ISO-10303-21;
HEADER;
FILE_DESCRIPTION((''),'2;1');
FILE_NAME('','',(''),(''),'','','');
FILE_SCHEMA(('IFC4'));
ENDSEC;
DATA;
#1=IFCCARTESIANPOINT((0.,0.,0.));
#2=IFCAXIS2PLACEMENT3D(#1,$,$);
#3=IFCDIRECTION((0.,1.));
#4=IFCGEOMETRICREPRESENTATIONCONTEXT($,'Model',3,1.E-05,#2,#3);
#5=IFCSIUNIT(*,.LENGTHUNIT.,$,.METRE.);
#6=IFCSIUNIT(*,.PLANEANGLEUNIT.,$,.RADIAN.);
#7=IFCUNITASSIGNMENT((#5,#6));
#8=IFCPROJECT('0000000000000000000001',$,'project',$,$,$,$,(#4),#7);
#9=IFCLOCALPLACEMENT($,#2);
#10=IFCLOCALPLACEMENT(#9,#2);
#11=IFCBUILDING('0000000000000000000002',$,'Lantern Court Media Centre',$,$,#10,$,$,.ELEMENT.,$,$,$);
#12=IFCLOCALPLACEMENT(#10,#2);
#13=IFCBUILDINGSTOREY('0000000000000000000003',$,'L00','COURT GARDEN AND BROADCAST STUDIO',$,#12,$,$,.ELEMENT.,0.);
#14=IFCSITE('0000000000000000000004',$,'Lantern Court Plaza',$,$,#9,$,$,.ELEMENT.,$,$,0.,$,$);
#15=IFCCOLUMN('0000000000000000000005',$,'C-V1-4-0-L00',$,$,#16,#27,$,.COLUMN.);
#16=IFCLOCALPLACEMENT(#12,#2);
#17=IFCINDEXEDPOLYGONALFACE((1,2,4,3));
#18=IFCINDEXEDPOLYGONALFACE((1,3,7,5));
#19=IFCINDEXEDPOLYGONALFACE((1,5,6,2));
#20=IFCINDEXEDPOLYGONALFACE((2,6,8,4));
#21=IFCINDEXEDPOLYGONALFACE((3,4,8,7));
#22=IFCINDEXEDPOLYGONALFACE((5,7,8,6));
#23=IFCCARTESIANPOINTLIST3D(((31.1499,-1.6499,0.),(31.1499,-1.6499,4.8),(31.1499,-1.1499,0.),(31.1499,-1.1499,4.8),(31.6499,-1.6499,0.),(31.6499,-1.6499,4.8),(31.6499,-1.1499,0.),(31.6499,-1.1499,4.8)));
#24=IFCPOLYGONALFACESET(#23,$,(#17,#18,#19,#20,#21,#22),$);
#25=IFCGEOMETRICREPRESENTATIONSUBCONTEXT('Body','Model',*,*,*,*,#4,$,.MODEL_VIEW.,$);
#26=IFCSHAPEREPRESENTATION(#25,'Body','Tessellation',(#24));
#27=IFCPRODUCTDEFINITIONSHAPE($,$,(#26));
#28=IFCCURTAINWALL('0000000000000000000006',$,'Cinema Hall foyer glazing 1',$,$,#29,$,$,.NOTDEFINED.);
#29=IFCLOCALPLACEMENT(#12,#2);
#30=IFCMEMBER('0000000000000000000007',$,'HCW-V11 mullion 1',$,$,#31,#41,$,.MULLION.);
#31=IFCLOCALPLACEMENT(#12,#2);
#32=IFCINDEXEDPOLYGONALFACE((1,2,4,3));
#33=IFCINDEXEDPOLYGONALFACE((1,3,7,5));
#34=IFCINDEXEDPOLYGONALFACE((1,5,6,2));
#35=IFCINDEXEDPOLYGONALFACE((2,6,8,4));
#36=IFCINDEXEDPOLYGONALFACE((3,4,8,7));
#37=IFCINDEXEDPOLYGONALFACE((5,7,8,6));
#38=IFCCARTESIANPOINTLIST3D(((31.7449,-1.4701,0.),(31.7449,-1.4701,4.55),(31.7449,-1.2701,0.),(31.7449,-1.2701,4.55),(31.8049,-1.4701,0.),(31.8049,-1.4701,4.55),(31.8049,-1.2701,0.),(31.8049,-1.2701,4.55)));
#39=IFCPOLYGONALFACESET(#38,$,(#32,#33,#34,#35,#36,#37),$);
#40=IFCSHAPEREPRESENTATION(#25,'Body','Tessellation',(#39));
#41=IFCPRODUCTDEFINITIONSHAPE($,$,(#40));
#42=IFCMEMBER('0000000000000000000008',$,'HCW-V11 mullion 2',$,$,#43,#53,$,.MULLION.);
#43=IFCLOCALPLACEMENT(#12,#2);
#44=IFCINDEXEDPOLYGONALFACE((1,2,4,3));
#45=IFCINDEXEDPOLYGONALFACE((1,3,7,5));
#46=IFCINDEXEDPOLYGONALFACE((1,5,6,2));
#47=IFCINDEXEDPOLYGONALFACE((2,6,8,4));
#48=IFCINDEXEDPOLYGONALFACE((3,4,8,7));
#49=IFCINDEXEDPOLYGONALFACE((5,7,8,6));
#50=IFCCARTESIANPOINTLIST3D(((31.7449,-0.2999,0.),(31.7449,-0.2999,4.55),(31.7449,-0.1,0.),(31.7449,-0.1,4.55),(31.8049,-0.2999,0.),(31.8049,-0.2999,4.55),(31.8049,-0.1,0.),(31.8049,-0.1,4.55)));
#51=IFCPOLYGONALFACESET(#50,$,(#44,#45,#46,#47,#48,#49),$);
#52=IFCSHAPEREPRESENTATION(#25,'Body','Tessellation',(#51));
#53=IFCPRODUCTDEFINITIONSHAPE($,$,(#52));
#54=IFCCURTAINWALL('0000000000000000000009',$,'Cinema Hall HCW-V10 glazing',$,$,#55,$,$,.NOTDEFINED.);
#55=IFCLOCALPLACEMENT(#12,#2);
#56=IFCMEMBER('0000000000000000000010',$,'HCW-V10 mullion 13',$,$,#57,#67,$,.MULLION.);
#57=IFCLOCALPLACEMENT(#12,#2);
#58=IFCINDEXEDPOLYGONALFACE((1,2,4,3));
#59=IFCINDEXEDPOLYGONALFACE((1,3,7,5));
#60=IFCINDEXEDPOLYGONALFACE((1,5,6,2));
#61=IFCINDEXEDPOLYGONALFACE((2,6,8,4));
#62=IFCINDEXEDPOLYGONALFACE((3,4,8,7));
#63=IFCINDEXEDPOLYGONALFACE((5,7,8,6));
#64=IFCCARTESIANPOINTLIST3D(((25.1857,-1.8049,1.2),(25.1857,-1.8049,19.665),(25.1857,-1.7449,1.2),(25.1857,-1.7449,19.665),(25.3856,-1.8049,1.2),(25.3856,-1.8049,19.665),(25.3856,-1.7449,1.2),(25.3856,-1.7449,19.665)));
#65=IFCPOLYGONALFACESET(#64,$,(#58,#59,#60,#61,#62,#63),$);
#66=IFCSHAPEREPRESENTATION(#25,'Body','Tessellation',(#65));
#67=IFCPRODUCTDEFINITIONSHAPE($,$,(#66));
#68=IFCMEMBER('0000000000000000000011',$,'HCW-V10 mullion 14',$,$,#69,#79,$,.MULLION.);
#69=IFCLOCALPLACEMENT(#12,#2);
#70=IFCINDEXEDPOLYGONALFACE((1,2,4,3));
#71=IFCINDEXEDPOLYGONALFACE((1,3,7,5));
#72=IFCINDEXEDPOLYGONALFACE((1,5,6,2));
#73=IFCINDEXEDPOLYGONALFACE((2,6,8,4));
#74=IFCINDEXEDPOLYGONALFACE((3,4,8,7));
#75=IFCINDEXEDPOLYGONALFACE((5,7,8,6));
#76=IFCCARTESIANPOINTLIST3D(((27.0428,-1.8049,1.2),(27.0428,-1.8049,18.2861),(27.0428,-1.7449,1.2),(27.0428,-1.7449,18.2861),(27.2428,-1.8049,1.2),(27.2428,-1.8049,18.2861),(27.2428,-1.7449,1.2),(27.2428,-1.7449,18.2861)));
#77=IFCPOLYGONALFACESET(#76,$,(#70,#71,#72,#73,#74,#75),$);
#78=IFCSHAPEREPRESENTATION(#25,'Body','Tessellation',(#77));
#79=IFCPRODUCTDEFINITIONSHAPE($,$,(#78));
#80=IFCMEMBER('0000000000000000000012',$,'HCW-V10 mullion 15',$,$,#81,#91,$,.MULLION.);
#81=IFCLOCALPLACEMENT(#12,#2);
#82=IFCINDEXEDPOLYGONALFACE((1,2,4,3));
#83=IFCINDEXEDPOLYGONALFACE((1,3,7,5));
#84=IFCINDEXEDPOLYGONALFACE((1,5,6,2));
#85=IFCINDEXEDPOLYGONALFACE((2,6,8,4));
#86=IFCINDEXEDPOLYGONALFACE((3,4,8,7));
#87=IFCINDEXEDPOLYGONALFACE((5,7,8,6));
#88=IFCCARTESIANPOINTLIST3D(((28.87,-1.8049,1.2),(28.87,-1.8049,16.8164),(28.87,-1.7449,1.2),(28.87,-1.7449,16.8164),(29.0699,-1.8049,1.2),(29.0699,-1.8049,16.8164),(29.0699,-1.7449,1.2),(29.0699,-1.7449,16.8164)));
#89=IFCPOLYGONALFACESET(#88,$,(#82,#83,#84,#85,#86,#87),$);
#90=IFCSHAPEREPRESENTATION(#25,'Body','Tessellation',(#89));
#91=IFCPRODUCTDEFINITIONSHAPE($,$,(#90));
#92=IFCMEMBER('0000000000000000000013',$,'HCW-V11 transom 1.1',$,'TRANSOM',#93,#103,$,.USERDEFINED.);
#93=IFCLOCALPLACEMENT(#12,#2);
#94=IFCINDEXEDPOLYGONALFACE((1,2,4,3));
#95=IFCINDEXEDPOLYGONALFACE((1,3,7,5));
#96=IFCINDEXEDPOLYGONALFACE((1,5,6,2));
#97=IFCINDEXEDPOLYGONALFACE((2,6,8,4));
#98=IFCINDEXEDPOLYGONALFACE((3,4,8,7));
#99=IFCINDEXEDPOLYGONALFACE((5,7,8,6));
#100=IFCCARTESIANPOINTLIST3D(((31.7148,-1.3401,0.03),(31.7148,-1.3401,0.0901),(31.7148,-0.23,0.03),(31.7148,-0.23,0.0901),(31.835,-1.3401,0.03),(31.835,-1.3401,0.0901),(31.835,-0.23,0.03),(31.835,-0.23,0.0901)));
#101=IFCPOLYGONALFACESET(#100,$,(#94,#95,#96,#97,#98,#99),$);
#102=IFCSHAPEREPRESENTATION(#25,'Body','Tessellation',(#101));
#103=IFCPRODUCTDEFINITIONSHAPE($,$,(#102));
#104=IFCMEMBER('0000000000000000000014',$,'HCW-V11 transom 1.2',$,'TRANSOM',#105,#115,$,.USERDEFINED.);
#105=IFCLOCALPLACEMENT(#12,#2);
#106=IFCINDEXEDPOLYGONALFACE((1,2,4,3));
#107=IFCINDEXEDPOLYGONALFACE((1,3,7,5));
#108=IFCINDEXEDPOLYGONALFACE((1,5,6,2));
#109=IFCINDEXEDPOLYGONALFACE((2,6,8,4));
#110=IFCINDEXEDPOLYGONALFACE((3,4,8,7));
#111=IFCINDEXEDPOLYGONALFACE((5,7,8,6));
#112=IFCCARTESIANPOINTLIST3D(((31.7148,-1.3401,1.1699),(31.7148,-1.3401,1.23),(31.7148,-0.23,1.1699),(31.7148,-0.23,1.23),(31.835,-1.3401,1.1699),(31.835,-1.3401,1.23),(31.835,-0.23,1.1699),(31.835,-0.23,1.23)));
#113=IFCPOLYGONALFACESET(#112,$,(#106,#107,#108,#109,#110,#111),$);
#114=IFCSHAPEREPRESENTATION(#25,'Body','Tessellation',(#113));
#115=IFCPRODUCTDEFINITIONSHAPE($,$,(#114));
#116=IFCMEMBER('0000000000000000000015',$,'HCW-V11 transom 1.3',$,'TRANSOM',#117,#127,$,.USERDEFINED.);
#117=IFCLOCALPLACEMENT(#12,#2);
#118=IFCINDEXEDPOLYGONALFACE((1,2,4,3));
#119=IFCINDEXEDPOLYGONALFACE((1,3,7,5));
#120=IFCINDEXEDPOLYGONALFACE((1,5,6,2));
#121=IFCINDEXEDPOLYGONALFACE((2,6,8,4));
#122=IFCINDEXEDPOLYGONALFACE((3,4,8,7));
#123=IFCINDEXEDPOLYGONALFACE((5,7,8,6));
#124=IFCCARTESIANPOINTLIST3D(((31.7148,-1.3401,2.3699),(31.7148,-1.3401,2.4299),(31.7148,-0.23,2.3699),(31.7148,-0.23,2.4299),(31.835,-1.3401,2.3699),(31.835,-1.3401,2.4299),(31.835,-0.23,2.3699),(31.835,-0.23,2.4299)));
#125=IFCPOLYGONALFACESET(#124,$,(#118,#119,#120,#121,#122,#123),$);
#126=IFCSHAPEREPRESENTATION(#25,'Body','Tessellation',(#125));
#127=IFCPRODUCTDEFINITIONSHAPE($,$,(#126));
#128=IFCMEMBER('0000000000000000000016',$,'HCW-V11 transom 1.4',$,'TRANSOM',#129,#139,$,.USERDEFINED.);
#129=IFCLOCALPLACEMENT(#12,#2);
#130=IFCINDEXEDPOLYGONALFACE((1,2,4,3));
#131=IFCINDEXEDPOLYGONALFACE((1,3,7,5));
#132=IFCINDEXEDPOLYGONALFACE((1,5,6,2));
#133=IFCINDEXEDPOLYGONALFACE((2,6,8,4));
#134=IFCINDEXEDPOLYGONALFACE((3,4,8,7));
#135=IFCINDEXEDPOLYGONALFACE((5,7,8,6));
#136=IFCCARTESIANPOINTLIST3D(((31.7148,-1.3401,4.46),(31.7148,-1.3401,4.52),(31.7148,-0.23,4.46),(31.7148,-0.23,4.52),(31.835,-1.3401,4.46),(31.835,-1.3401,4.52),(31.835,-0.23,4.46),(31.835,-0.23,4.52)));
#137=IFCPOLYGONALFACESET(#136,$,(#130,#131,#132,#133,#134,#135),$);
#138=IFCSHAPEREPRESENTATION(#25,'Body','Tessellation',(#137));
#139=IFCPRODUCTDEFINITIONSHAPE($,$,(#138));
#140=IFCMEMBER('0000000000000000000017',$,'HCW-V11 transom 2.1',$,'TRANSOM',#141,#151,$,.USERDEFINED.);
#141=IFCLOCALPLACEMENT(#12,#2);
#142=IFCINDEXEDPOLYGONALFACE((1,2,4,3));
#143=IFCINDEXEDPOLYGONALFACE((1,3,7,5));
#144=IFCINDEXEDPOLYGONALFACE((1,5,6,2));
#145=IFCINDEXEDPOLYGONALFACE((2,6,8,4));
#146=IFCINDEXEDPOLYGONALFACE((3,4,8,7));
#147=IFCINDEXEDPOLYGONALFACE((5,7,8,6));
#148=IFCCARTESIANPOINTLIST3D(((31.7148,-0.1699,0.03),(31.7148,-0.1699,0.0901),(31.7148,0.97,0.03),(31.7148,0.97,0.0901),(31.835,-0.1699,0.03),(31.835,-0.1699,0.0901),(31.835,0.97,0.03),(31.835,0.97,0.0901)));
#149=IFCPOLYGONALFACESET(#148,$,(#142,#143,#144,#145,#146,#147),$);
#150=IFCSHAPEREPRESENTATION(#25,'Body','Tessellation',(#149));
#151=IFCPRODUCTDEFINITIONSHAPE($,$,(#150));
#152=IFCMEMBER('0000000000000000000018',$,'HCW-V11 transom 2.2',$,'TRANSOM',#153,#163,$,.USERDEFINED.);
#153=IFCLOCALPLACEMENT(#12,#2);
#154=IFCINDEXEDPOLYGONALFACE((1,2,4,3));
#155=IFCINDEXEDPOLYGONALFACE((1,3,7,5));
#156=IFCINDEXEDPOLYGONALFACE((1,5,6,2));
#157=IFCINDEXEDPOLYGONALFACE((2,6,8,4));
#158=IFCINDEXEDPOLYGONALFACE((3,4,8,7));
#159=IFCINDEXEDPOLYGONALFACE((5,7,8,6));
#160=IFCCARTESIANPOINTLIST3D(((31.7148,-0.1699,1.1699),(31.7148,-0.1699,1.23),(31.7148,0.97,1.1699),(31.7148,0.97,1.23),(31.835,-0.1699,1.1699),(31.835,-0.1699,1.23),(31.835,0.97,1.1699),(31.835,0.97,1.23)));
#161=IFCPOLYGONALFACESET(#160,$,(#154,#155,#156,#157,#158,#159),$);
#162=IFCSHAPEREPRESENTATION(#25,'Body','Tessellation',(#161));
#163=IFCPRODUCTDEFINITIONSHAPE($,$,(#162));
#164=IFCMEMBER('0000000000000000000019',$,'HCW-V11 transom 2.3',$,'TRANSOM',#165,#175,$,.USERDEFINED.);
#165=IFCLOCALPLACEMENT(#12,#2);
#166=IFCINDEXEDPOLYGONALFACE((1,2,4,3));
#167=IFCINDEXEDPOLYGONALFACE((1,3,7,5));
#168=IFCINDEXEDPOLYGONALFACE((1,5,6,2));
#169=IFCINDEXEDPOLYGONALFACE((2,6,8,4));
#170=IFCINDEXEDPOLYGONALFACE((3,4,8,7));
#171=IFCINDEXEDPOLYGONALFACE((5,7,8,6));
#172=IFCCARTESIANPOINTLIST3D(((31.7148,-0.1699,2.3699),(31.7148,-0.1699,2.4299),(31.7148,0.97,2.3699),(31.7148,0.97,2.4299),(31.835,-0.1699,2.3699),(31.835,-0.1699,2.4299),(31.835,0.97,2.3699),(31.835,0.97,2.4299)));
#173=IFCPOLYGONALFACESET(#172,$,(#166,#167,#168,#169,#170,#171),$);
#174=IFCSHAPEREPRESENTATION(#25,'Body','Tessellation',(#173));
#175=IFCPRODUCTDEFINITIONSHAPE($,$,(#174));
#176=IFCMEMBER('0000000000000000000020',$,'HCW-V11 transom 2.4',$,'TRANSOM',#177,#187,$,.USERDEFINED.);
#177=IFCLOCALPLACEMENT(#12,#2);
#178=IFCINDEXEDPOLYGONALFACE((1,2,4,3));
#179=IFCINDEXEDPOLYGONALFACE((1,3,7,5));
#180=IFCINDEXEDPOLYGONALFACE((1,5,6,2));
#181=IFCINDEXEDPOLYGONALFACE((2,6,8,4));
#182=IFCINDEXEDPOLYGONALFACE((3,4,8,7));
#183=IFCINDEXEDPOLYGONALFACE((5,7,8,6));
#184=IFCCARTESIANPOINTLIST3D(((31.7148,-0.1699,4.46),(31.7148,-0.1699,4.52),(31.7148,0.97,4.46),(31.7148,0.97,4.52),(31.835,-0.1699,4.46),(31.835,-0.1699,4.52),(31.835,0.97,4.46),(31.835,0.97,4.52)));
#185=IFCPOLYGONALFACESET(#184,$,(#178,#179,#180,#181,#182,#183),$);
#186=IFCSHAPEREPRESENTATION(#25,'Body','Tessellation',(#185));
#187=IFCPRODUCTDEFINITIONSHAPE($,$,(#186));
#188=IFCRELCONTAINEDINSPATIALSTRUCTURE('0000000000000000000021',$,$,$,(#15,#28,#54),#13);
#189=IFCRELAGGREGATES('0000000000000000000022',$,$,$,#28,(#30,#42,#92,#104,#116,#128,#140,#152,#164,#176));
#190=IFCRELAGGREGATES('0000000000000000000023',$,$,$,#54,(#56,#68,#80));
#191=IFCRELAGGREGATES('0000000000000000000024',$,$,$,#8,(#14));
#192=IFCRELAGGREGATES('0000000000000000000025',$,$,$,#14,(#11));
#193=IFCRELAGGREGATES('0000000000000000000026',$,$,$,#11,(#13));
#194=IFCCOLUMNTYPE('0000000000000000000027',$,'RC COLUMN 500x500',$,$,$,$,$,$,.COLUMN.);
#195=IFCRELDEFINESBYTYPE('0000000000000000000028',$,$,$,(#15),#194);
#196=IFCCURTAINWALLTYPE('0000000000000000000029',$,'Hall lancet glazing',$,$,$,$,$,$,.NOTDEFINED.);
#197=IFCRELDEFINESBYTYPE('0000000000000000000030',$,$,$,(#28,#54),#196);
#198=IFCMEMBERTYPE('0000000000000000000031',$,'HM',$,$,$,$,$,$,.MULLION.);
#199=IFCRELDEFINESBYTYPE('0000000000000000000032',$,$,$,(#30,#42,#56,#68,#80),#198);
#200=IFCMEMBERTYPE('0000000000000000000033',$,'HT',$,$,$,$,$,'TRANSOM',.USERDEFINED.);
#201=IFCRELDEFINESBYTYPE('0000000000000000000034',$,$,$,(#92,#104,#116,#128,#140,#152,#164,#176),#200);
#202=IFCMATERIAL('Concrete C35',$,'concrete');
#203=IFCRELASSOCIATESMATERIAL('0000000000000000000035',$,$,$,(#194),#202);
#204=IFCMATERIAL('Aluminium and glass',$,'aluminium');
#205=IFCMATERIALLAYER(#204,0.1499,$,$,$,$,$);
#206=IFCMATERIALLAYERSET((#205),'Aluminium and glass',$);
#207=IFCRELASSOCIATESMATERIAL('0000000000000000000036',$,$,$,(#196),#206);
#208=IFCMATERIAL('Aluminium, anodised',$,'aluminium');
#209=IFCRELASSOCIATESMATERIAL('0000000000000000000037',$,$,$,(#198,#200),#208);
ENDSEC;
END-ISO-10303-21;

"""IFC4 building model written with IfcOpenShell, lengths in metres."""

from ifc_helpers import new_model, si_unit, direction, frame, origin, origin_2d, place, context, subcontext, project, spatial, rectangle, extrude, material, layer, layer_set, material_profile, profile_set, type_object, element, aggregate, save


model = new_model("IFC4")

# Units and contexts
model_context = context("Model", 3, precision=1e-05, world=origin(), true_north=direction((0.0, 1.0)))
body_context = subcontext(model_context, "Body", "Model", "MODEL_VIEW")
ifc_project = project(units=[si_unit("LENGTHUNIT", "METRE"), si_unit("PLANEANGLEUNIT", "RADIAN")], contexts=[model_context])

# Site, building, storey
site_placement = place(None, origin())
site = spatial("IfcSite", under=ifc_project, at=site_placement, Name="Lantern Court Plaza", CompositionType="ELEMENT", RefElevation=0.0)
building_placement = place(site_placement, origin())
building = spatial("IfcBuilding", under=site, at=building_placement, Name="Lantern Court Media Centre", CompositionType="ELEMENT")
storey_placement = place(building_placement, origin())
storey = spatial("IfcBuildingStorey", under=building, at=storey_placement, Name="L00", Description="COURT GARDEN AND BROADCAST STUDIO", CompositionType="ELEMENT", Elevation=0.0)

# Column
ifc_material_1 = material(Name="Concrete C35", Category="concrete")
ifc_material_profile_1 = material_profile(ifc_material_1, rectangle(XDim=0.5, YDim=0.5, at=origin_2d()), Name="RC 500x500")
ifc_profile_set_1 = profile_set([ifc_material_profile_1], Name="Concrete C35")
column_type = type_object("IfcColumnType", Name="RC COLUMN 500x500", PredefinedType="COLUMN", material=ifc_profile_set_1)
column_placement = place(storey_placement, frame((31.3999, -1.3999, 0.0), z_axis=(0.0, 0.0, 1.0), x_axis=(1.0, 0.0, 0.0)))
element("IfcColumn", 1, at=column_placement, inside=storey, type_object=column_type, Name="C-V1-4-0-L00", PredefinedType="COLUMN", context=body_context, shape_type="SweptSolid", body=[
    extrude(rectangle(XDim=0.5, YDim=0.5, at=origin_2d()), origin(), (0.0, 0.0, 1.0), 4.8),
])

# Curtain walls, members
ifc_material_2 = material(Name="Aluminium and glass", Category="aluminium")
ifc_layer_1 = layer(ifc_material_2, 0.1499)
ifc_layer_set_1 = layer_set([ifc_layer_1], Name="Aluminium and glass")
curtain_wall_type = type_object("IfcCurtainWallType", Name="Hall lancet glazing", PredefinedType="NOTDEFINED", material=ifc_layer_set_1)
curtain_wall_1_placement = place(storey_placement, origin())
curtain_wall_1 = element("IfcCurtainWall", 2, at=curtain_wall_1_placement, inside=storey, type_object=curtain_wall_type, Name="Cinema Hall foyer glazing 1", PredefinedType="NOTDEFINED")
ifc_material_3 = material(Name="Aluminium, anodised", Category="aluminium")
ifc_material_profile_2 = material_profile(ifc_material_3, rectangle(XDim=0.0601, YDim=0.2, at=origin_2d()), Name="HM")
ifc_profile_set_2 = profile_set([ifc_material_profile_2], Name="Aluminium, anodised")
member_type_1 = type_object("IfcMemberType", Name="HM", PredefinedType="MULLION", material=ifc_profile_set_2)
member_1_placement = place(storey_placement, frame((31.7749, -1.3701, 0.0), z_axis=(0.0, 0.0, 1.0), x_axis=(-1.0, 0.0, 0.0)))
member_1 = element("IfcMember", 3, at=member_1_placement, type_object=member_type_1, Name="HCW-V11 mullion 1", PredefinedType="MULLION", context=body_context, shape_type="SweptSolid", body=[
    extrude(rectangle(XDim=0.0601, YDim=0.2, at=origin_2d()), origin(), (0.0, 0.0, 1.0), 4.55),
])
member_2_placement = place(storey_placement, frame((31.7749, -0.2, 0.0), z_axis=(0.0, 0.0, 1.0), x_axis=(-1.0, 0.0, 0.0)))
member_2 = element("IfcMember", 4, at=member_2_placement, type_object=member_type_1, Name="HCW-V11 mullion 2", PredefinedType="MULLION", context=body_context, shape_type="SweptSolid", body=[
    extrude(rectangle(XDim=0.0601, YDim=0.2, at=origin_2d()), origin(), (0.0, 0.0, 1.0), 4.55),
])
curtain_wall_2_placement = place(storey_placement, origin())
curtain_wall_2 = element("IfcCurtainWall", 5, at=curtain_wall_2_placement, inside=storey, type_object=curtain_wall_type, Name="Cinema Hall HCW-V10 glazing", PredefinedType="NOTDEFINED")
member_3_placement = place(storey_placement, frame((25.2856, -1.7749, 1.2), z_axis=(0.0, 0.0, 1.0), x_axis=(0.0, 1.0, 0.0)))
member_3 = element("IfcMember", 6, at=member_3_placement, type_object=member_type_1, Name="HCW-V10 mullion 13", PredefinedType="MULLION", context=body_context, shape_type="SweptSolid", body=[
    extrude(rectangle(XDim=0.0601, YDim=0.2, at=origin_2d()), origin(), (0.0, 0.0, 1.0), 18.4651),
])
member_4_placement = place(storey_placement, frame((27.1428, -1.7749, 1.2), z_axis=(0.0, 0.0, 1.0), x_axis=(0.0, 1.0, 0.0)))
member_4 = element("IfcMember", 7, at=member_4_placement, type_object=member_type_1, Name="HCW-V10 mullion 14", PredefinedType="MULLION", context=body_context, shape_type="SweptSolid", body=[
    extrude(rectangle(XDim=0.0601, YDim=0.2, at=origin_2d()), origin(), (0.0, 0.0, 1.0), 17.0862),
])
member_5_placement = place(storey_placement, frame((28.97, -1.7749, 1.2), z_axis=(0.0, 0.0, 1.0), x_axis=(0.0, 1.0, 0.0)))
member_5 = element("IfcMember", 8, at=member_5_placement, type_object=member_type_1, Name="HCW-V10 mullion 15", PredefinedType="MULLION", context=body_context, shape_type="SweptSolid", body=[
    extrude(rectangle(XDim=0.0601, YDim=0.2, at=origin_2d()), origin(), (0.0, 0.0, 1.0), 15.6165),
])

# Members
ifc_material_profile_3 = material_profile(ifc_material_3, rectangle(XDim=0.1201, YDim=0.0601, at=origin_2d()), Name="HT")
ifc_profile_set_3 = profile_set([ifc_material_profile_3], Name="Aluminium, anodised")
member_type_2 = type_object("IfcMemberType", Name="HT", ElementType="TRANSOM", PredefinedType="USERDEFINED", material=ifc_profile_set_3)
member_6_placement = place(storey_placement, frame((31.7749, -1.3401, 0.0601), z_axis=(0.0, 1.0, 0.0), x_axis=(-1.0, 0.0, 0.0)))
member_6 = element("IfcMember", 9, at=member_6_placement, type_object=member_type_2, Name="HCW-V11 transom 1.1", ObjectType="TRANSOM", PredefinedType="USERDEFINED", context=body_context, shape_type="SweptSolid", body=[
    extrude(rectangle(XDim=0.1201, YDim=0.0601, at=origin_2d()), origin(), (0.0, 0.0, 1.0), 1.1101),
])
member_7_placement = place(storey_placement, frame((31.7749, -1.3401, 1.2), z_axis=(0.0, 1.0, 0.0), x_axis=(-1.0, 0.0, 0.0)))
member_7 = element("IfcMember", 10, at=member_7_placement, type_object=member_type_2, Name="HCW-V11 transom 1.2", ObjectType="TRANSOM", PredefinedType="USERDEFINED", context=body_context, shape_type="SweptSolid", body=[
    extrude(rectangle(XDim=0.1201, YDim=0.0601, at=origin_2d()), origin(), (0.0, 0.0, 1.0), 1.1101),
])
member_8_placement = place(storey_placement, frame((31.7749, -1.3401, 2.3999), z_axis=(0.0, 1.0, 0.0), x_axis=(-1.0, 0.0, 0.0)))
member_8 = element("IfcMember", 11, at=member_8_placement, type_object=member_type_2, Name="HCW-V11 transom 1.3", ObjectType="TRANSOM", PredefinedType="USERDEFINED", context=body_context, shape_type="SweptSolid", body=[
    extrude(rectangle(XDim=0.1201, YDim=0.0601, at=origin_2d()), origin(), (0.0, 0.0, 1.0), 1.1101),
])
member_9_placement = place(storey_placement, frame((31.7749, -1.3401, 4.49), z_axis=(0.0, 1.0, 0.0), x_axis=(-1.0, 0.0, 0.0)))
member_9 = element("IfcMember", 12, at=member_9_placement, type_object=member_type_2, Name="HCW-V11 transom 1.4", ObjectType="TRANSOM", PredefinedType="USERDEFINED", context=body_context, shape_type="SweptSolid", body=[
    extrude(rectangle(XDim=0.1201, YDim=0.0601, at=origin_2d()), origin(), (0.0, 0.0, 1.0), 1.1101),
])
member_10_placement = place(storey_placement, frame((31.7749, -0.1699, 0.0601), z_axis=(0.0, 1.0, 0.0), x_axis=(-1.0, 0.0, 0.0)))
member_10 = element("IfcMember", 13, at=member_10_placement, type_object=member_type_2, Name="HCW-V11 transom 2.1", ObjectType="TRANSOM", PredefinedType="USERDEFINED", context=body_context, shape_type="SweptSolid", body=[
    extrude(rectangle(XDim=0.1201, YDim=0.0601, at=origin_2d()), origin(), (0.0, 0.0, 1.0), 1.1399),
])
member_11_placement = place(storey_placement, frame((31.7749, -0.1699, 1.2), z_axis=(0.0, 1.0, 0.0), x_axis=(-1.0, 0.0, 0.0)))
member_11 = element("IfcMember", 14, at=member_11_placement, type_object=member_type_2, Name="HCW-V11 transom 2.2", ObjectType="TRANSOM", PredefinedType="USERDEFINED", context=body_context, shape_type="SweptSolid", body=[
    extrude(rectangle(XDim=0.1201, YDim=0.0601, at=origin_2d()), origin(), (0.0, 0.0, 1.0), 1.1399),
])
member_12_placement = place(storey_placement, frame((31.7749, -0.1699, 2.3999), z_axis=(0.0, 1.0, 0.0), x_axis=(-1.0, 0.0, 0.0)))
member_12 = element("IfcMember", 15, at=member_12_placement, type_object=member_type_2, Name="HCW-V11 transom 2.3", ObjectType="TRANSOM", PredefinedType="USERDEFINED", context=body_context, shape_type="SweptSolid", body=[
    extrude(rectangle(XDim=0.1201, YDim=0.0601, at=origin_2d()), origin(), (0.0, 0.0, 1.0), 1.1399),
])
member_13_placement = place(storey_placement, frame((31.7749, -0.1699, 4.49), z_axis=(0.0, 1.0, 0.0), x_axis=(-1.0, 0.0, 0.0)))
member_13 = element("IfcMember", 16, at=member_13_placement, type_object=member_type_2, Name="HCW-V11 transom 2.4", ObjectType="TRANSOM", PredefinedType="USERDEFINED", context=body_context, shape_type="SweptSolid", body=[
    extrude(rectangle(XDim=0.1201, YDim=0.0601, at=origin_2d()), origin(), (0.0, 0.0, 1.0), 1.1399),
])

aggregate(curtain_wall_1, [member_1, member_2, member_6, member_7, member_8, member_9, member_10, member_11, member_12, member_13])
aggregate(curtain_wall_2, [member_3, member_4, member_5])

save(model, "model.ifc")
